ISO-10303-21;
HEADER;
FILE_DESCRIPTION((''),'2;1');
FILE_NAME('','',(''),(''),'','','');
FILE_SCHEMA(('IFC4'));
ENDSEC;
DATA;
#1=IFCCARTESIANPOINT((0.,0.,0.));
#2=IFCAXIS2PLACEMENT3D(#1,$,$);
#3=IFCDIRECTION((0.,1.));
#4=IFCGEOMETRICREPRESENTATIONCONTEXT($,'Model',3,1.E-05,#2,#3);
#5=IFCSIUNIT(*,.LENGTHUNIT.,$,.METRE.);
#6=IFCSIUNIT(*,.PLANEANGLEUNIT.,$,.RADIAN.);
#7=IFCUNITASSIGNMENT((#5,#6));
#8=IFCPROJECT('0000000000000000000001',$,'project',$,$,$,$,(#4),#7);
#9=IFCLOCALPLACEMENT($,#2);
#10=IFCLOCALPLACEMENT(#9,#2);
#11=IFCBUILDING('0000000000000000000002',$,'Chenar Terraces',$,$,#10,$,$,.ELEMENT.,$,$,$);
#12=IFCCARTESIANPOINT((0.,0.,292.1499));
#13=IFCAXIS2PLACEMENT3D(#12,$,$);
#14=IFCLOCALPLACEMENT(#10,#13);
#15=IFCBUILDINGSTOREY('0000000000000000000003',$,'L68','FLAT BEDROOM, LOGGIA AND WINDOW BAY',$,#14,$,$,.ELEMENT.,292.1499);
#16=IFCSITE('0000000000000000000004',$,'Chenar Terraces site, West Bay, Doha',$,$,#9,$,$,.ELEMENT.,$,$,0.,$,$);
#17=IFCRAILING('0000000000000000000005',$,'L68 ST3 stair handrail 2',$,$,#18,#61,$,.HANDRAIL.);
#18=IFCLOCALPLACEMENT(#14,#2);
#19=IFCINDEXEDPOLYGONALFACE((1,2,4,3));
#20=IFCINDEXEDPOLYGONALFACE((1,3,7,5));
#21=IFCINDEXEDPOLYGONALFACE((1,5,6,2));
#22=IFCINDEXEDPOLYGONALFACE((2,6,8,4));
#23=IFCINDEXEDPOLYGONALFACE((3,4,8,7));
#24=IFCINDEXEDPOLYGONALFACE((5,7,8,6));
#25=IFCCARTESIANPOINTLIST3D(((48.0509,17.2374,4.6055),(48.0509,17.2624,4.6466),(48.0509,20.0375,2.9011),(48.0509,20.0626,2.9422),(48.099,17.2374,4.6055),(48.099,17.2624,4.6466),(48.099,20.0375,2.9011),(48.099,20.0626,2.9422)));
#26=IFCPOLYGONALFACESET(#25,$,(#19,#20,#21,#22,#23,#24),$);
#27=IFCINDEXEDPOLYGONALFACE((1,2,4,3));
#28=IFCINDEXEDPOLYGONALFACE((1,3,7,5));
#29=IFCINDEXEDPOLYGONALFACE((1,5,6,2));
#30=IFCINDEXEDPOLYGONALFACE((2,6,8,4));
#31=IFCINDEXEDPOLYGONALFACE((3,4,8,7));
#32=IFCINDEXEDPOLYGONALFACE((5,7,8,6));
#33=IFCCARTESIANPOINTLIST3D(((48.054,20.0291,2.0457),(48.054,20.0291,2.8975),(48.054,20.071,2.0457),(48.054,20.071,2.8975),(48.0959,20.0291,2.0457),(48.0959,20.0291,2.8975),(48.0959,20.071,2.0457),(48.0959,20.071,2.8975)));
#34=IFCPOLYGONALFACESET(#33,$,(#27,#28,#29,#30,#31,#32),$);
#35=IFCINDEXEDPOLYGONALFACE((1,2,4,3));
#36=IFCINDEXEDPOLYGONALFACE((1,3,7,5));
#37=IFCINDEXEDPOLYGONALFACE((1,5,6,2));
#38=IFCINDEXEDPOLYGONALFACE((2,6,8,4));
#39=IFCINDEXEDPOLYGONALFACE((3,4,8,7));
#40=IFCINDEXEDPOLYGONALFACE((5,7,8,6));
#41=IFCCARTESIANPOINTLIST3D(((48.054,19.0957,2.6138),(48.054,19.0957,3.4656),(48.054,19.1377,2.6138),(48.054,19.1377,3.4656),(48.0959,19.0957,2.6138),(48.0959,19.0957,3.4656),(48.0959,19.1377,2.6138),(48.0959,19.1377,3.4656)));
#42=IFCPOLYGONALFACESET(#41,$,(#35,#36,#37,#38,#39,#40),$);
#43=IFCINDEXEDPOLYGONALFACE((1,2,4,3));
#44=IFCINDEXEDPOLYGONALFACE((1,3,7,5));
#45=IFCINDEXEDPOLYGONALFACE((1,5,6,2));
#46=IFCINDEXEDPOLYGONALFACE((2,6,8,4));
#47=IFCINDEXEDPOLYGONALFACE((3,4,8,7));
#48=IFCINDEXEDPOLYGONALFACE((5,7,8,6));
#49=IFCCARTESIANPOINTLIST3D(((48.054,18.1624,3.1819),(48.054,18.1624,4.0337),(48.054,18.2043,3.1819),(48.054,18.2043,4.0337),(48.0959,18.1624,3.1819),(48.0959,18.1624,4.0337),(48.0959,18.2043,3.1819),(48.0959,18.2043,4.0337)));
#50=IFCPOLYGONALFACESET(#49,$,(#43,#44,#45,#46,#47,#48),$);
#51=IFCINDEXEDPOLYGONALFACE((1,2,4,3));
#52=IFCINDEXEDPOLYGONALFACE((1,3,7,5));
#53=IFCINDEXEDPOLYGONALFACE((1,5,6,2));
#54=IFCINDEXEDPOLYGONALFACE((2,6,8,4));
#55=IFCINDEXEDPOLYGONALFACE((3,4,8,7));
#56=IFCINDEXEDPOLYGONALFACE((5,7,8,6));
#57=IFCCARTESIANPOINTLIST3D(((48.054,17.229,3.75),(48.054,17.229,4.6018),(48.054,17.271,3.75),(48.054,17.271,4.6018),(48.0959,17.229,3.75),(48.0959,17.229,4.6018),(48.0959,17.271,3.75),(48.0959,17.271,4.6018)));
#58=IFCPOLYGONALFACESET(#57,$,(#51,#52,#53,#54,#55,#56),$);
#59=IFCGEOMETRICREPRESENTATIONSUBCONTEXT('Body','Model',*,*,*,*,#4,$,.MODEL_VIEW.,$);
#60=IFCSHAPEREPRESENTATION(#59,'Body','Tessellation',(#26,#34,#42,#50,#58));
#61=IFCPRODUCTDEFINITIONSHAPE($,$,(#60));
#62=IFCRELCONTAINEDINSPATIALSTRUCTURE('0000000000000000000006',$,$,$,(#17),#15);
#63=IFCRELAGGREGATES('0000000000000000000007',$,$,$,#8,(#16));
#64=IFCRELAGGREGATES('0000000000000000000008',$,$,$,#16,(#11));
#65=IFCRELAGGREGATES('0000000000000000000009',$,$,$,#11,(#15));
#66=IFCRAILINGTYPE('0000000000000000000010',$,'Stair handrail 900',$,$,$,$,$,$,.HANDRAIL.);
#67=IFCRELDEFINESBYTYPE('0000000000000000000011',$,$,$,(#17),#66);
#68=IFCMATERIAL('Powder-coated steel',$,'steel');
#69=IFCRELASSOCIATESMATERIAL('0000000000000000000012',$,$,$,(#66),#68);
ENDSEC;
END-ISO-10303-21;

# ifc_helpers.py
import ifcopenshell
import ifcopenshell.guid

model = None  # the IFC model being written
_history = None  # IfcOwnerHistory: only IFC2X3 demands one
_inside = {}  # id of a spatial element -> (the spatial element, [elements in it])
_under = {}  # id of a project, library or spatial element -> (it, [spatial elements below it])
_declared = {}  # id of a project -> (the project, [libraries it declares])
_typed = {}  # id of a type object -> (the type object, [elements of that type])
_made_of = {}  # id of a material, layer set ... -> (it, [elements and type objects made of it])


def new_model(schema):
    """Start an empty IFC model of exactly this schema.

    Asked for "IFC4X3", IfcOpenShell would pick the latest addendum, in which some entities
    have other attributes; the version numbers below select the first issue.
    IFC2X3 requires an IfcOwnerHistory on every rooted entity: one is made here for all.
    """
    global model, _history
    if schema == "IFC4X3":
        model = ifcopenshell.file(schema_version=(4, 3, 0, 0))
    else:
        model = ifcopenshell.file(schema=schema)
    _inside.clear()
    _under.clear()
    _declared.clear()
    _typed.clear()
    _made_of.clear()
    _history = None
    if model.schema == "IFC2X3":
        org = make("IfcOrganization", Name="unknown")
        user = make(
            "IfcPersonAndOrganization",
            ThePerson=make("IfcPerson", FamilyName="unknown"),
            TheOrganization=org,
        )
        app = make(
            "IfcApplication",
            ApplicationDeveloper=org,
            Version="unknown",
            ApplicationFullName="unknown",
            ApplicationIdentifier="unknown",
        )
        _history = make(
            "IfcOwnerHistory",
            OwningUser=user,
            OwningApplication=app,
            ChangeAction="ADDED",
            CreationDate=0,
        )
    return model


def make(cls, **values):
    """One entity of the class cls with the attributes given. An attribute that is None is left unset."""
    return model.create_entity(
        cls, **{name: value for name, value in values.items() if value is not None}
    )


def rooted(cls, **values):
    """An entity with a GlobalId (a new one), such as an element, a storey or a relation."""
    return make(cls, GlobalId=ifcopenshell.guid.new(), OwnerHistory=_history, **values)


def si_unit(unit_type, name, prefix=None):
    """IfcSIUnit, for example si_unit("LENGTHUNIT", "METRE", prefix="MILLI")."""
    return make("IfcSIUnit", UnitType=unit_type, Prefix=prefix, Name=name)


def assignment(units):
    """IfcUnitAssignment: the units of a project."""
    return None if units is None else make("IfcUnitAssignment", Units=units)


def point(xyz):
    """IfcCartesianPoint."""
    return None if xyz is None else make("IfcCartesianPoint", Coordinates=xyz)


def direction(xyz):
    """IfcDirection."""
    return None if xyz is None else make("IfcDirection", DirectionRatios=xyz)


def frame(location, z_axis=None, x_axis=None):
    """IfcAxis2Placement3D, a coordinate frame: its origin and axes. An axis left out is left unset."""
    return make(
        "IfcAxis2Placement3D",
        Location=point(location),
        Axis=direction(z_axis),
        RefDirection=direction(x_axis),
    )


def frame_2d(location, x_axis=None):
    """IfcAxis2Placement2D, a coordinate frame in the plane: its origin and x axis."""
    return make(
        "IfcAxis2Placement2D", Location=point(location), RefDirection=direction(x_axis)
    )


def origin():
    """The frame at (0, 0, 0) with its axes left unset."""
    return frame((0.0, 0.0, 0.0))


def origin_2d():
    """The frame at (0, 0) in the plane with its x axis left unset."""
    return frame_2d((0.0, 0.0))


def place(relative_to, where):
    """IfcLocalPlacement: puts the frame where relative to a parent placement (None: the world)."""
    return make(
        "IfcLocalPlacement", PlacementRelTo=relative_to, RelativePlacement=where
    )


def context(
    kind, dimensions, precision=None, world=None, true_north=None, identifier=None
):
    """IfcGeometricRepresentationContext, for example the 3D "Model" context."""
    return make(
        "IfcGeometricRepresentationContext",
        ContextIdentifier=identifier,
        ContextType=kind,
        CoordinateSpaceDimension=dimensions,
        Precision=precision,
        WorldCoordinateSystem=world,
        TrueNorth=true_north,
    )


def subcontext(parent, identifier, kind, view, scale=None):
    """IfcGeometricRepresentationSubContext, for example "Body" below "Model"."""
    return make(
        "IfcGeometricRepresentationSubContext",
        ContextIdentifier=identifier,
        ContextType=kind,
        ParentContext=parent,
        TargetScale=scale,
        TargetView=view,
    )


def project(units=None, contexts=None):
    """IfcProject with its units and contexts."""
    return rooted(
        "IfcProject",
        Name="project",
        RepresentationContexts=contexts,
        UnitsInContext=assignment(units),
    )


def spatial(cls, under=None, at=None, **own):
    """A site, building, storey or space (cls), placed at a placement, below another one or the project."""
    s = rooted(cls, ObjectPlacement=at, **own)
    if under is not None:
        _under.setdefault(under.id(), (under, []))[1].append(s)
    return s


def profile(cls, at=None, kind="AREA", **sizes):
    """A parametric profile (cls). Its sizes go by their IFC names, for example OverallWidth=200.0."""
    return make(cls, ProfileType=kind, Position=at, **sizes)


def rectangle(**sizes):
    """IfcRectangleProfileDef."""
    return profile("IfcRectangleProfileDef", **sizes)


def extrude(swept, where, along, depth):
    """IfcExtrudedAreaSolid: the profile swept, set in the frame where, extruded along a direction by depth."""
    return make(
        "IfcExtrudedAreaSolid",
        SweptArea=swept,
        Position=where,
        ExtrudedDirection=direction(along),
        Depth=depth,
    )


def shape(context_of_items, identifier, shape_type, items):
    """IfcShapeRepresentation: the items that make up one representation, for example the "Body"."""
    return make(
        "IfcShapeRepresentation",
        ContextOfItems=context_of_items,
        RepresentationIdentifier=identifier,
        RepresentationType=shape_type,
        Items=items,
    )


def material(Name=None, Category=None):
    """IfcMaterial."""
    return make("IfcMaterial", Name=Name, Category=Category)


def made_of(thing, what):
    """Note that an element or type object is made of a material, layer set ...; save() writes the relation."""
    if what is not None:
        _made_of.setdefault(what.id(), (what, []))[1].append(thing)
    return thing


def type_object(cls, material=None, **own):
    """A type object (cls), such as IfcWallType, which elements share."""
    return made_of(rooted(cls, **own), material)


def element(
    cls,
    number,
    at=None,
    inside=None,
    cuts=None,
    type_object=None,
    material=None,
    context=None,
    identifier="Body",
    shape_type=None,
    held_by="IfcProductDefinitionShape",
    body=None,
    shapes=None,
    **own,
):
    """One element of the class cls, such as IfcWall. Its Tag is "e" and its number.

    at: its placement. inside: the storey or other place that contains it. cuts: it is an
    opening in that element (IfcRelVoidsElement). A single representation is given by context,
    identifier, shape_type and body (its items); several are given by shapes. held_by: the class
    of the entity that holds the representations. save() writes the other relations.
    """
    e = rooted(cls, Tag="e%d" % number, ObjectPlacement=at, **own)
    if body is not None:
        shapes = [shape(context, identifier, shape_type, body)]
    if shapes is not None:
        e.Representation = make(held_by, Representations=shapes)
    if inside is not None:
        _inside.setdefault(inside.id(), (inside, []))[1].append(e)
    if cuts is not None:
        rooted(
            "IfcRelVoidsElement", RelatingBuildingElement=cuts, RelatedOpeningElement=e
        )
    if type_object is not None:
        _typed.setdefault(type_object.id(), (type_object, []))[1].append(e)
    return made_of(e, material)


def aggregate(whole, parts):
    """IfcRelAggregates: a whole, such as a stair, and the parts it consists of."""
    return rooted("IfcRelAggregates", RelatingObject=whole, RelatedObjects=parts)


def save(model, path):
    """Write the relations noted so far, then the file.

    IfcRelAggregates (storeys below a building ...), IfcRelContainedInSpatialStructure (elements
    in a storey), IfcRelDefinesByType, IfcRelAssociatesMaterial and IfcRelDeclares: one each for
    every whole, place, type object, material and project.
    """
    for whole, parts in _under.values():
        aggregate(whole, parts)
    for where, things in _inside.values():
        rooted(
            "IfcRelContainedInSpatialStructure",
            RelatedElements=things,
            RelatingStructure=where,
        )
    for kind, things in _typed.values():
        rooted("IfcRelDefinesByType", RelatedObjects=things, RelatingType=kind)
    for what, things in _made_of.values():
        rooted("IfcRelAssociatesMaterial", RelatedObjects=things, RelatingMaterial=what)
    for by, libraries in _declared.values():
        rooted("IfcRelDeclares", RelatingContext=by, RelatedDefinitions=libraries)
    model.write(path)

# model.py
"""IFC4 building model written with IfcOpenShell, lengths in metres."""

from ifc_helpers import new_model, si_unit, direction, frame, origin, origin_2d, place, context, subcontext, project, spatial, rectangle, extrude, material, type_object, element, save


model = new_model("IFC4")

# Units and contexts
model_context = context("Model", 3, precision=1e-05, world=origin(), true_north=direction((0.0, 1.0)))
body_context = subcontext(model_context, "Body", "Model", "MODEL_VIEW")
ifc_project = project(units=[si_unit("LENGTHUNIT", "METRE"), si_unit("PLANEANGLEUNIT", "RADIAN")], contexts=[model_context])

# Site, building, storey
site_placement = place(None, origin())
site = spatial("IfcSite", under=ifc_project, at=site_placement, Name="Chenar Terraces site, West Bay, Doha", CompositionType="ELEMENT", RefElevation=0.0)
building_placement = place(site_placement, origin())
building = spatial("IfcBuilding", under=site, at=building_placement, Name="Chenar Terraces", CompositionType="ELEMENT")
storey_placement = place(building_placement, frame((0.0, 0.0, 292.1499)))
storey = spatial("IfcBuildingStorey", under=building, at=storey_placement, Name="L68", Description="FLAT BEDROOM, LOGGIA AND WINDOW BAY", CompositionType="ELEMENT", Elevation=292.1499)

# Railing
ifc_material_1 = material(Name="Powder-coated steel", Category="steel")
railing_type_1 = type_object("IfcRailingType", Name="Stair handrail 900", PredefinedType="HANDRAIL", material=ifc_material_1)
railing_1_placement = place(storey_placement, frame((48.075, 20.05, 2.0457)))
element("IfcRailing", 1, at=railing_1_placement, inside=storey, type_object=railing_type_1, Name="L68 ST3 stair handrail 2", PredefinedType="HANDRAIL", context=body_context, shape_type="SweptSolid", body=[
    extrude(rectangle(XDim=0.0481, YDim=0.0481, at=origin_2d()), frame((0.0, 0.0, 0.876), z_axis=(0.0, -0.854203, 0.51994), x_axis=(1.0, 0.0, 0.0)), (0.0, 0.0, 1.0), 3.2781),
    extrude(rectangle(XDim=0.042, YDim=0.042, at=origin_2d()), origin(), (0.0, 0.0, 1.0), 0.8518),
    extrude(rectangle(XDim=0.042, YDim=0.042, at=origin_2d()), frame((0.0, -0.9333, 0.5681)), (0.0, 0.0, 1.0), 0.8518),
    extrude(rectangle(XDim=0.042, YDim=0.042, at=origin_2d()), frame((0.0, -1.8667, 1.1362)), (0.0, 0.0, 1.0), 0.8518),
    extrude(rectangle(XDim=0.042, YDim=0.042, at=origin_2d()), frame((0.0, -2.8, 1.7043)), (0.0, 0.0, 1.0), 0.8518),
])

save(model, "model.ifc")
